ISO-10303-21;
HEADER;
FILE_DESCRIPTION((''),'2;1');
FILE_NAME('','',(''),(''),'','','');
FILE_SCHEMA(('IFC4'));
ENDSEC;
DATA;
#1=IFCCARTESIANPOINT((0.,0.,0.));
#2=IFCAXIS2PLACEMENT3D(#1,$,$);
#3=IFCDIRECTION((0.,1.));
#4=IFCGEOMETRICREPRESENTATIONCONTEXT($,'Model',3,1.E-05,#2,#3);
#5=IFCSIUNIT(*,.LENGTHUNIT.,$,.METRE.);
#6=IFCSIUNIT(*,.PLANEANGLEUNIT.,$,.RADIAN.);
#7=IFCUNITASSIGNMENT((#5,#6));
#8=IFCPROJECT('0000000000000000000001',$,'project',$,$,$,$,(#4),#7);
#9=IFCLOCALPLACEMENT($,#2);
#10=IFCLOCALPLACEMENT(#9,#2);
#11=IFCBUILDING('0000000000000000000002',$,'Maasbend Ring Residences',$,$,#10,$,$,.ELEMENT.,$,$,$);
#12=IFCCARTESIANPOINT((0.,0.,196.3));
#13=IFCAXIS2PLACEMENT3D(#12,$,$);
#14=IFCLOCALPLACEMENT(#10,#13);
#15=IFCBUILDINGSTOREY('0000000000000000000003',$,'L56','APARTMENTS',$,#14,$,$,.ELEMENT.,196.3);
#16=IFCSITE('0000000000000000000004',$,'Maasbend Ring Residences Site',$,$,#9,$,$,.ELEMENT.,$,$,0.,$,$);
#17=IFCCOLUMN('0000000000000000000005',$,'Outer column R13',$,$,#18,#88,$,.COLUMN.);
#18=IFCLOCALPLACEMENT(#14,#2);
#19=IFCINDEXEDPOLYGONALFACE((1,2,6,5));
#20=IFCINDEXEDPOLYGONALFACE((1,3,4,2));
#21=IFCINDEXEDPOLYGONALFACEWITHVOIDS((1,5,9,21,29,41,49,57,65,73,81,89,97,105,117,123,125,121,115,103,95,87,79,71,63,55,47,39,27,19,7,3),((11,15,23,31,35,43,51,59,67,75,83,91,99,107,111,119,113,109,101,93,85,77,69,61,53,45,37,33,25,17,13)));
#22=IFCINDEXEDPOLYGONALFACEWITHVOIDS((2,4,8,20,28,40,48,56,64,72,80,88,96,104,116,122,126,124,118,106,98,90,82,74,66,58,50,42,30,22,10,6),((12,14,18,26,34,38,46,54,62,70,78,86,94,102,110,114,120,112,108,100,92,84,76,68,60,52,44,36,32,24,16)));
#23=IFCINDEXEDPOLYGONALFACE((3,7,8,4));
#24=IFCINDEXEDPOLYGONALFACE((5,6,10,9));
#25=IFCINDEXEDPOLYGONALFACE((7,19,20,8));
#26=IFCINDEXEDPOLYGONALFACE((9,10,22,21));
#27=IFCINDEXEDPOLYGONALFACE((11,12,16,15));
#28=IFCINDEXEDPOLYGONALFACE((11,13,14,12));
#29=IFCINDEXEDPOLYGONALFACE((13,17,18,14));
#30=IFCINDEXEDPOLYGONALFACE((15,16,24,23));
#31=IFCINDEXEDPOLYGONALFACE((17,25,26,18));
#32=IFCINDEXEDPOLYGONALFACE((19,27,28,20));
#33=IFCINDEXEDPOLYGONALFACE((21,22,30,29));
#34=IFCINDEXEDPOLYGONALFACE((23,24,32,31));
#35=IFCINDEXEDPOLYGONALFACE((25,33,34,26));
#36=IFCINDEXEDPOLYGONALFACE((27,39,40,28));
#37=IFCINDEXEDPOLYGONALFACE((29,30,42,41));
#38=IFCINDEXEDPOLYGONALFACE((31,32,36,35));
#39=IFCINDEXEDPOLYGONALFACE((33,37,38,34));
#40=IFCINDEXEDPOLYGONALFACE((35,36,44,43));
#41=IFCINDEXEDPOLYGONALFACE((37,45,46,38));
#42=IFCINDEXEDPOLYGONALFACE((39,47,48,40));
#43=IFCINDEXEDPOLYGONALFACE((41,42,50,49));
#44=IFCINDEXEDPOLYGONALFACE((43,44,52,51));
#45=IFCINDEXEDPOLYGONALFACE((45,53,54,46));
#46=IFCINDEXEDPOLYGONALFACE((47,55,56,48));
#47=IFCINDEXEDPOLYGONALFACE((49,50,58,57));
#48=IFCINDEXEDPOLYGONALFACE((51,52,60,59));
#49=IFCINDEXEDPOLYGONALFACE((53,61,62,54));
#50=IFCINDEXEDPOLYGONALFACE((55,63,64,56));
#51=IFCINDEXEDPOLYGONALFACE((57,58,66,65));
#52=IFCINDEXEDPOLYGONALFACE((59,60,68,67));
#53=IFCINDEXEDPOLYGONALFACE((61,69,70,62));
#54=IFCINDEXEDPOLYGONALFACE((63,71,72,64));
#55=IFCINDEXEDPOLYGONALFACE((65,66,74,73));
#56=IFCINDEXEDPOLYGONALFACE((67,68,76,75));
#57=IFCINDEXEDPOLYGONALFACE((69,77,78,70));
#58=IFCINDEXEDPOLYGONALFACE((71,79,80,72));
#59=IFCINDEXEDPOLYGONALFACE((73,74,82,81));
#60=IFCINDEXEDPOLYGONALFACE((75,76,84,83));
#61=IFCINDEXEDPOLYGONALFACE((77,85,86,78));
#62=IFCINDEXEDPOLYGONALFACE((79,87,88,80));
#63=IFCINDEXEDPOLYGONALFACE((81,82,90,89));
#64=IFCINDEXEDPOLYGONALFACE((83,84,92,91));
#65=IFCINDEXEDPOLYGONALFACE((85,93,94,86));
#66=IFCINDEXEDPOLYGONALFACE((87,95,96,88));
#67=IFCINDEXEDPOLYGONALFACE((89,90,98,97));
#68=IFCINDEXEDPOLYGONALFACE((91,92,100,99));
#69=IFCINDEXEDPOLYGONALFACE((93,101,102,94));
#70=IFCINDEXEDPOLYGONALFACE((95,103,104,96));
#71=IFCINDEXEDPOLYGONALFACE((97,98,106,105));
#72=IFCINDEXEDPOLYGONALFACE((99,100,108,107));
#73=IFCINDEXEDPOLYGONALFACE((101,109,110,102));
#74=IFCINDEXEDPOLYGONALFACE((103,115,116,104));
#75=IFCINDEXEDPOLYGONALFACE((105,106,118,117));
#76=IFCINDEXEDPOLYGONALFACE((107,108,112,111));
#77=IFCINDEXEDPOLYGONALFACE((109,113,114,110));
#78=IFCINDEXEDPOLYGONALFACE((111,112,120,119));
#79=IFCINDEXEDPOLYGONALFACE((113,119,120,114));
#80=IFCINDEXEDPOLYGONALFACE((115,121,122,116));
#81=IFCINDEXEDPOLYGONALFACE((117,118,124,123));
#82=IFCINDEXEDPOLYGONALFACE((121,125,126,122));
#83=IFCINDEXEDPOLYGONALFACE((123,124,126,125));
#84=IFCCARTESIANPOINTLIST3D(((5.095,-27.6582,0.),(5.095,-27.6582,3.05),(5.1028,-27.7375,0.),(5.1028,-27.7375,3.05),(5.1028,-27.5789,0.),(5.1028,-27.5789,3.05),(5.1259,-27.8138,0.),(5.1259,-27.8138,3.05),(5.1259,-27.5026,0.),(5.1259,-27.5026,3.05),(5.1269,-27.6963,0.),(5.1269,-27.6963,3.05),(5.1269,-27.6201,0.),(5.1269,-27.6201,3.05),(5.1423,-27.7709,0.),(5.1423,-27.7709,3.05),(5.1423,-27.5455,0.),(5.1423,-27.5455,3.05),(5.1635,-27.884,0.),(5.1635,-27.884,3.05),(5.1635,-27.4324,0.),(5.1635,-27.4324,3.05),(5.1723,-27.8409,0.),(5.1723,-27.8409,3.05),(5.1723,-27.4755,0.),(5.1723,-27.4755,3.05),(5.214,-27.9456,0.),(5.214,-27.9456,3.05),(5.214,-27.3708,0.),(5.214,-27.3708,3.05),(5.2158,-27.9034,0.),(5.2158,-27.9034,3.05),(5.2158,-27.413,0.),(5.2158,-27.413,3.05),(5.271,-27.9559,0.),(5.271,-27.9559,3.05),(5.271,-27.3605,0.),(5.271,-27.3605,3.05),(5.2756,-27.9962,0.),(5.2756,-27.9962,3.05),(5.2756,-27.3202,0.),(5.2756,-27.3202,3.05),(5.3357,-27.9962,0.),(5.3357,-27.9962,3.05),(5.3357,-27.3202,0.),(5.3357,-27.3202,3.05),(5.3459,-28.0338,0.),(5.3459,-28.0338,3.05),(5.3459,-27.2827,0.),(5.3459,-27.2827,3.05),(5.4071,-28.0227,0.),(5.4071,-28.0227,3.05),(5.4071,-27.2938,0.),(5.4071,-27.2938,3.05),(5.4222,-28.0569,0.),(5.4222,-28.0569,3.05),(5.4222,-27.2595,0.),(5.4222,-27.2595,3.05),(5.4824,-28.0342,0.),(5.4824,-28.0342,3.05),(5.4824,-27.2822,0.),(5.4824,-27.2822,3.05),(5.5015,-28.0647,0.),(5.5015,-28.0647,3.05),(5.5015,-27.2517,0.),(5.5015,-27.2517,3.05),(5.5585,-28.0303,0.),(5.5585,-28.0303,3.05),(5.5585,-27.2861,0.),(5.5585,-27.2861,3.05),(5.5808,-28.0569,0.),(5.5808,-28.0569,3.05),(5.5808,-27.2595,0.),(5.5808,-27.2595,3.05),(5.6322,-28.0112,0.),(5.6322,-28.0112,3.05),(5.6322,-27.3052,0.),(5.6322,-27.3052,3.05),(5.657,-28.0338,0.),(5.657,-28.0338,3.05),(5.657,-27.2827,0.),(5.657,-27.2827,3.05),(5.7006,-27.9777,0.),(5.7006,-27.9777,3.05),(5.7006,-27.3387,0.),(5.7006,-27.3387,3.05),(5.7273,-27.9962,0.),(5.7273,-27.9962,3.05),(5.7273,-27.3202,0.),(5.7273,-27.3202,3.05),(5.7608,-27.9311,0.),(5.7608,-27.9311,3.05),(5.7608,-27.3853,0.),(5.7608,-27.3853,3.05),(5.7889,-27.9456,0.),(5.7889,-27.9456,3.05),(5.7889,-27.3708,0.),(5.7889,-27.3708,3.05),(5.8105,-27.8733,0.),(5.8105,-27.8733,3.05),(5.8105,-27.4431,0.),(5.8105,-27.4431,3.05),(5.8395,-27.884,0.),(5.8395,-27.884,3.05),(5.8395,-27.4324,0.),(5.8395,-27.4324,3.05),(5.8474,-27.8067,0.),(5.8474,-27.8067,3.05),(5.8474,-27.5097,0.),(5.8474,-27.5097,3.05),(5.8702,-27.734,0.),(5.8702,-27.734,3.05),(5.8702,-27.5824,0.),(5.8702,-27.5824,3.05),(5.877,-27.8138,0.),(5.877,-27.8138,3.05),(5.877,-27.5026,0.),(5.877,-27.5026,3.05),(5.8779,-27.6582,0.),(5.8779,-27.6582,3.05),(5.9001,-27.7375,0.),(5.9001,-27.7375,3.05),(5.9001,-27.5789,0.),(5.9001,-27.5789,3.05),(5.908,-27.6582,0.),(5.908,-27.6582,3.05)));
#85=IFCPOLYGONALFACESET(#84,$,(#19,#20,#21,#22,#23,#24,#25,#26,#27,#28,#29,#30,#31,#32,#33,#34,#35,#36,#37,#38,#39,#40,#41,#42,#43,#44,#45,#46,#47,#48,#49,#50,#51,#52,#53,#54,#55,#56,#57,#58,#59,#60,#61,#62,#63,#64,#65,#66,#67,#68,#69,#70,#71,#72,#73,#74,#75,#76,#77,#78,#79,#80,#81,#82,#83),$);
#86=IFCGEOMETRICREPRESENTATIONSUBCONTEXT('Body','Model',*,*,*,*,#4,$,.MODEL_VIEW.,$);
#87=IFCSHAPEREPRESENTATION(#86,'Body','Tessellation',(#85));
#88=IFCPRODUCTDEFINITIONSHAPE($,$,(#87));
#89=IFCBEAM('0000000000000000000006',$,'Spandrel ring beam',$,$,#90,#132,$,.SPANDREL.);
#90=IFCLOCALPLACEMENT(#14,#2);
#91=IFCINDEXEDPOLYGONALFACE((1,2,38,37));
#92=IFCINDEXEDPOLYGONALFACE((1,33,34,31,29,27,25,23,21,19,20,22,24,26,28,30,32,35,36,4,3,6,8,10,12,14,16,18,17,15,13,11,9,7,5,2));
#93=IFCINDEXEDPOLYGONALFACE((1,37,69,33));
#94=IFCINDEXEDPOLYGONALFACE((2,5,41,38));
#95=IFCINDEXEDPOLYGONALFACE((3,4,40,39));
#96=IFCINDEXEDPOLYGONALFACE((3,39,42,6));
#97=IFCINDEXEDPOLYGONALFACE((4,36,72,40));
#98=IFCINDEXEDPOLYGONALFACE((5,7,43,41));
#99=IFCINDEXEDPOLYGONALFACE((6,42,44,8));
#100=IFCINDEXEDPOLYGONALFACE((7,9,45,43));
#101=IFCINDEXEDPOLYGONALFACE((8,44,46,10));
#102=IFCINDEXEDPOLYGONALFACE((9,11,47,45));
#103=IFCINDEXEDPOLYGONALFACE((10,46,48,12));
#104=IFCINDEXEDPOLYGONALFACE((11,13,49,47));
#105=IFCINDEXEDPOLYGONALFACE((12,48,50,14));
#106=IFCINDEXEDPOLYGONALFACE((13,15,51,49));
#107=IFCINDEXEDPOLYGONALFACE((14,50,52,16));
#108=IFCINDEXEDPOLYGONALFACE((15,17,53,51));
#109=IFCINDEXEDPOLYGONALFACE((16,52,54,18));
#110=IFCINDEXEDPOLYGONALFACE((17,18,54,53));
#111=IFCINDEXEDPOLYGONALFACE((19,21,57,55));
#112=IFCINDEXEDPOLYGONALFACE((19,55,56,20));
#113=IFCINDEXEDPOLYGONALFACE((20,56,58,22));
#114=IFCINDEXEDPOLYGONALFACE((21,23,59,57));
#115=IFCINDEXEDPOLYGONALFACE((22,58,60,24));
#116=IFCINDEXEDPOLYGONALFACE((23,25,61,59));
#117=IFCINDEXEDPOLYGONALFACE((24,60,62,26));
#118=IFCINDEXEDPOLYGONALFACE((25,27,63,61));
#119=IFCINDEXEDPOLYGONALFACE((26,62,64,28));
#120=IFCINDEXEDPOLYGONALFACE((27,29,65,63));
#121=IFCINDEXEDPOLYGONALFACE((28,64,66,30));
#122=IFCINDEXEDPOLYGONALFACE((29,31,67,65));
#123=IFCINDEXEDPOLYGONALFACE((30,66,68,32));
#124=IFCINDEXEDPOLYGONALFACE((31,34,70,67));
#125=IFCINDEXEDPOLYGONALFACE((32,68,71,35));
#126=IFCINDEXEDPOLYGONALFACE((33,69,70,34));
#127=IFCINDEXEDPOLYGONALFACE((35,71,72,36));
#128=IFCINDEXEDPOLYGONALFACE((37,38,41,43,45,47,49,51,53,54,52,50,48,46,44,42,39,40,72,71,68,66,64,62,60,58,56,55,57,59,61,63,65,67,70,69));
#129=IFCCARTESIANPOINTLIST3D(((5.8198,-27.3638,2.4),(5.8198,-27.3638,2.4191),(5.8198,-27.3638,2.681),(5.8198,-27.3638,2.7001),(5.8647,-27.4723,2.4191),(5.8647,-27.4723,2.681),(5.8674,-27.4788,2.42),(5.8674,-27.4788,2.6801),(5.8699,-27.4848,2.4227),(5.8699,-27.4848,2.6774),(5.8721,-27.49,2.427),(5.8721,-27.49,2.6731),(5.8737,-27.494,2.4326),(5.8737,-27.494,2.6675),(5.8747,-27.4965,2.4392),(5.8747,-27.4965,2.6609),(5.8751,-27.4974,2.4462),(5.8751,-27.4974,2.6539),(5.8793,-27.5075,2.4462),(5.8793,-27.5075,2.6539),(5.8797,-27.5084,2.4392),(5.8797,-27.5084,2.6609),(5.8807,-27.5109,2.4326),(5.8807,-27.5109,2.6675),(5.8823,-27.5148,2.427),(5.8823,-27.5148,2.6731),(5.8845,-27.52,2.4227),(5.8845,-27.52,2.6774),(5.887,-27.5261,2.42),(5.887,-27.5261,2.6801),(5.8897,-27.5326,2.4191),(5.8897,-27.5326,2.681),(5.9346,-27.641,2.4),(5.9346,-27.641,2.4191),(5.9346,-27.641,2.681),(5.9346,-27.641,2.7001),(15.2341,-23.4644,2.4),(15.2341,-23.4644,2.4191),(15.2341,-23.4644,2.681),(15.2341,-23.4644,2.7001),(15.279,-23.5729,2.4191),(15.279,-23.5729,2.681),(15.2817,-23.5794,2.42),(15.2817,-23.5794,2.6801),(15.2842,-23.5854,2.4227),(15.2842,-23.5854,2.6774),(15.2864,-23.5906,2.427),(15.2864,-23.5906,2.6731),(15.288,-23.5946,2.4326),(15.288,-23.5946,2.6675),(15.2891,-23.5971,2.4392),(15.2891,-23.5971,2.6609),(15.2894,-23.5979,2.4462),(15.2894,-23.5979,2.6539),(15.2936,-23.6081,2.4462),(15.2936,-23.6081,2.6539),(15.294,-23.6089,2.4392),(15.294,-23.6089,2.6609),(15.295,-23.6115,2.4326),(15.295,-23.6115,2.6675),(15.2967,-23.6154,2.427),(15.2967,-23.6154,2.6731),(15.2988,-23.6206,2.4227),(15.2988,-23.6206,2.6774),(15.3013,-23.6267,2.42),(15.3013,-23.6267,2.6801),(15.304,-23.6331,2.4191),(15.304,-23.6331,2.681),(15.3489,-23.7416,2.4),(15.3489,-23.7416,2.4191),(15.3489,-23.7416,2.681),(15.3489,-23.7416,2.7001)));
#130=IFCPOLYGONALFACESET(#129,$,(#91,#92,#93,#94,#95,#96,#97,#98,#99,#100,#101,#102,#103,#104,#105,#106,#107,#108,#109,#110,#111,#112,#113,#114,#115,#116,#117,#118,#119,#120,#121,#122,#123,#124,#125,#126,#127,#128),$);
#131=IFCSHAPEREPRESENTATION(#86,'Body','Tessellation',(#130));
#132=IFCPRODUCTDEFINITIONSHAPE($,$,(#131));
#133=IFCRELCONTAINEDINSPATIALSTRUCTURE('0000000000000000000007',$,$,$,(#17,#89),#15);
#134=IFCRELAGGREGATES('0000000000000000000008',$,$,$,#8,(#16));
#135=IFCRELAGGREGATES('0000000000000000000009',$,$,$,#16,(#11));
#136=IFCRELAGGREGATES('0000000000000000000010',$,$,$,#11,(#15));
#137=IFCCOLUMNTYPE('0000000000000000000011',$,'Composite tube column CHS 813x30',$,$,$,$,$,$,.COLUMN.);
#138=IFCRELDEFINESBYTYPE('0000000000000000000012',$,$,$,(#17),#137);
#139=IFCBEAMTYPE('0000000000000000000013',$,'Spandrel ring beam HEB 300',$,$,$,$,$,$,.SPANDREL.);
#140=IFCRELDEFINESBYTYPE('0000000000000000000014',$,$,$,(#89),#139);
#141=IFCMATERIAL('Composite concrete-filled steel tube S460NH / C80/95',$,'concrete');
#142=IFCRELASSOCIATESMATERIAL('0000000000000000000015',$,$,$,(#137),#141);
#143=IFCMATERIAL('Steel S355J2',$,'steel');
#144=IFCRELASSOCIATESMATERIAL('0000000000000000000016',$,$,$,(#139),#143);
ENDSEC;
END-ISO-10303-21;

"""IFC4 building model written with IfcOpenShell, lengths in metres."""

from ifc_helpers import new_model, si_unit, direction, frame, origin, origin_2d, place, context, subcontext, project, spatial, hollow_circle, i_section, extrude, material, material_profile, profile_set, type_object, element, save


model = new_model("IFC4")

# Units and contexts
model_context = context("Model", 3, precision=1e-05, world=origin(), true_north=direction((0.0, 1.0)))
body_context = subcontext(model_context, "Body", "Model", "MODEL_VIEW")
ifc_project = project(units=[si_unit("LENGTHUNIT", "METRE"), si_unit("PLANEANGLEUNIT", "RADIAN")], contexts=[model_context])

# Site, building, storey
site_placement = place(None, origin())
site = spatial("IfcSite", under=ifc_project, at=site_placement, Name="Maasbend Ring Residences Site", CompositionType="ELEMENT", RefElevation=0.0)
building_placement = place(site_placement, origin())
building = spatial("IfcBuilding", under=site, at=building_placement, Name="Maasbend Ring Residences", CompositionType="ELEMENT")
storey_placement = place(building_placement, frame((0.0, 0.0, 196.3)))
storey = spatial("IfcBuildingStorey", under=building, at=storey_placement, Name="L56", Description="APARTMENTS", CompositionType="ELEMENT", Elevation=196.3)

# Column
ifc_material_1 = material(Name="Composite concrete-filled steel tube S460NH / C80/95", Category="concrete")
ifc_material_profile_1 = material_profile(ifc_material_1, hollow_circle(Radius=0.4065, WallThickness=0.03, at=origin_2d()), Name="Composite tube column CHS 813x30")
ifc_profile_set_1 = profile_set([ifc_material_profile_1], Name="Composite concrete-filled steel tube S460NH / C80/95")
column_type = type_object("IfcColumnType", Name="Composite tube column CHS 813x30", PredefinedType="COLUMN", material=ifc_profile_set_1)
column_placement = place(storey_placement, frame((5.5015, -27.6582, 0.0), z_axis=(0.0, 0.0, 1.0), x_axis=(1.0, 0.0, 0.0)))
element("IfcColumn", 1, at=column_placement, inside=storey, type_object=column_type, Name="Outer column R13", PredefinedType="COLUMN", context=body_context, shape_type="SweptSolid", body=[
    extrude(hollow_circle(Radius=0.4065, WallThickness=0.03, at=origin_2d()), origin(), (0.0, 0.0, 1.0), 3.05),
])

# Beam
ifc_material_2 = material(Name="Steel S355J2", Category="steel")
ifc_material_profile_2 = material_profile(ifc_material_2, i_section(OverallWidth=0.3, OverallDepth=0.3, WebThickness=0.011, FlangeThickness=0.019, FilletRadius=0.0271, at=origin_2d()), Name="HEB 300")
ifc_profile_set_2 = profile_set([ifc_material_profile_2], Name="Steel S355J2")
beam_type = type_object("IfcBeamType", Name="Spandrel ring beam HEB 300", PredefinedType="SPANDREL", material=ifc_profile_set_2)
beam_placement = place(storey_placement, frame((5.8772, -27.5024, 2.55), z_axis=(0.923884, 0.382673, 0.0), x_axis=(-0.382673, 0.923884, 0.0)))
element("IfcBeam", 2, at=beam_placement, inside=storey, type_object=beam_type, Name="Spandrel ring beam", PredefinedType="SPANDREL", context=body_context, shape_type="SweptSolid", body=[
    extrude(i_section(OverallWidth=0.3, OverallDepth=0.3, WebThickness=0.011, FlangeThickness=0.019, FilletRadius=0.0271, at=origin_2d()), origin(), (0.0, 0.0, 1.0), 10.1899),
])

save(model, "model.ifc")
